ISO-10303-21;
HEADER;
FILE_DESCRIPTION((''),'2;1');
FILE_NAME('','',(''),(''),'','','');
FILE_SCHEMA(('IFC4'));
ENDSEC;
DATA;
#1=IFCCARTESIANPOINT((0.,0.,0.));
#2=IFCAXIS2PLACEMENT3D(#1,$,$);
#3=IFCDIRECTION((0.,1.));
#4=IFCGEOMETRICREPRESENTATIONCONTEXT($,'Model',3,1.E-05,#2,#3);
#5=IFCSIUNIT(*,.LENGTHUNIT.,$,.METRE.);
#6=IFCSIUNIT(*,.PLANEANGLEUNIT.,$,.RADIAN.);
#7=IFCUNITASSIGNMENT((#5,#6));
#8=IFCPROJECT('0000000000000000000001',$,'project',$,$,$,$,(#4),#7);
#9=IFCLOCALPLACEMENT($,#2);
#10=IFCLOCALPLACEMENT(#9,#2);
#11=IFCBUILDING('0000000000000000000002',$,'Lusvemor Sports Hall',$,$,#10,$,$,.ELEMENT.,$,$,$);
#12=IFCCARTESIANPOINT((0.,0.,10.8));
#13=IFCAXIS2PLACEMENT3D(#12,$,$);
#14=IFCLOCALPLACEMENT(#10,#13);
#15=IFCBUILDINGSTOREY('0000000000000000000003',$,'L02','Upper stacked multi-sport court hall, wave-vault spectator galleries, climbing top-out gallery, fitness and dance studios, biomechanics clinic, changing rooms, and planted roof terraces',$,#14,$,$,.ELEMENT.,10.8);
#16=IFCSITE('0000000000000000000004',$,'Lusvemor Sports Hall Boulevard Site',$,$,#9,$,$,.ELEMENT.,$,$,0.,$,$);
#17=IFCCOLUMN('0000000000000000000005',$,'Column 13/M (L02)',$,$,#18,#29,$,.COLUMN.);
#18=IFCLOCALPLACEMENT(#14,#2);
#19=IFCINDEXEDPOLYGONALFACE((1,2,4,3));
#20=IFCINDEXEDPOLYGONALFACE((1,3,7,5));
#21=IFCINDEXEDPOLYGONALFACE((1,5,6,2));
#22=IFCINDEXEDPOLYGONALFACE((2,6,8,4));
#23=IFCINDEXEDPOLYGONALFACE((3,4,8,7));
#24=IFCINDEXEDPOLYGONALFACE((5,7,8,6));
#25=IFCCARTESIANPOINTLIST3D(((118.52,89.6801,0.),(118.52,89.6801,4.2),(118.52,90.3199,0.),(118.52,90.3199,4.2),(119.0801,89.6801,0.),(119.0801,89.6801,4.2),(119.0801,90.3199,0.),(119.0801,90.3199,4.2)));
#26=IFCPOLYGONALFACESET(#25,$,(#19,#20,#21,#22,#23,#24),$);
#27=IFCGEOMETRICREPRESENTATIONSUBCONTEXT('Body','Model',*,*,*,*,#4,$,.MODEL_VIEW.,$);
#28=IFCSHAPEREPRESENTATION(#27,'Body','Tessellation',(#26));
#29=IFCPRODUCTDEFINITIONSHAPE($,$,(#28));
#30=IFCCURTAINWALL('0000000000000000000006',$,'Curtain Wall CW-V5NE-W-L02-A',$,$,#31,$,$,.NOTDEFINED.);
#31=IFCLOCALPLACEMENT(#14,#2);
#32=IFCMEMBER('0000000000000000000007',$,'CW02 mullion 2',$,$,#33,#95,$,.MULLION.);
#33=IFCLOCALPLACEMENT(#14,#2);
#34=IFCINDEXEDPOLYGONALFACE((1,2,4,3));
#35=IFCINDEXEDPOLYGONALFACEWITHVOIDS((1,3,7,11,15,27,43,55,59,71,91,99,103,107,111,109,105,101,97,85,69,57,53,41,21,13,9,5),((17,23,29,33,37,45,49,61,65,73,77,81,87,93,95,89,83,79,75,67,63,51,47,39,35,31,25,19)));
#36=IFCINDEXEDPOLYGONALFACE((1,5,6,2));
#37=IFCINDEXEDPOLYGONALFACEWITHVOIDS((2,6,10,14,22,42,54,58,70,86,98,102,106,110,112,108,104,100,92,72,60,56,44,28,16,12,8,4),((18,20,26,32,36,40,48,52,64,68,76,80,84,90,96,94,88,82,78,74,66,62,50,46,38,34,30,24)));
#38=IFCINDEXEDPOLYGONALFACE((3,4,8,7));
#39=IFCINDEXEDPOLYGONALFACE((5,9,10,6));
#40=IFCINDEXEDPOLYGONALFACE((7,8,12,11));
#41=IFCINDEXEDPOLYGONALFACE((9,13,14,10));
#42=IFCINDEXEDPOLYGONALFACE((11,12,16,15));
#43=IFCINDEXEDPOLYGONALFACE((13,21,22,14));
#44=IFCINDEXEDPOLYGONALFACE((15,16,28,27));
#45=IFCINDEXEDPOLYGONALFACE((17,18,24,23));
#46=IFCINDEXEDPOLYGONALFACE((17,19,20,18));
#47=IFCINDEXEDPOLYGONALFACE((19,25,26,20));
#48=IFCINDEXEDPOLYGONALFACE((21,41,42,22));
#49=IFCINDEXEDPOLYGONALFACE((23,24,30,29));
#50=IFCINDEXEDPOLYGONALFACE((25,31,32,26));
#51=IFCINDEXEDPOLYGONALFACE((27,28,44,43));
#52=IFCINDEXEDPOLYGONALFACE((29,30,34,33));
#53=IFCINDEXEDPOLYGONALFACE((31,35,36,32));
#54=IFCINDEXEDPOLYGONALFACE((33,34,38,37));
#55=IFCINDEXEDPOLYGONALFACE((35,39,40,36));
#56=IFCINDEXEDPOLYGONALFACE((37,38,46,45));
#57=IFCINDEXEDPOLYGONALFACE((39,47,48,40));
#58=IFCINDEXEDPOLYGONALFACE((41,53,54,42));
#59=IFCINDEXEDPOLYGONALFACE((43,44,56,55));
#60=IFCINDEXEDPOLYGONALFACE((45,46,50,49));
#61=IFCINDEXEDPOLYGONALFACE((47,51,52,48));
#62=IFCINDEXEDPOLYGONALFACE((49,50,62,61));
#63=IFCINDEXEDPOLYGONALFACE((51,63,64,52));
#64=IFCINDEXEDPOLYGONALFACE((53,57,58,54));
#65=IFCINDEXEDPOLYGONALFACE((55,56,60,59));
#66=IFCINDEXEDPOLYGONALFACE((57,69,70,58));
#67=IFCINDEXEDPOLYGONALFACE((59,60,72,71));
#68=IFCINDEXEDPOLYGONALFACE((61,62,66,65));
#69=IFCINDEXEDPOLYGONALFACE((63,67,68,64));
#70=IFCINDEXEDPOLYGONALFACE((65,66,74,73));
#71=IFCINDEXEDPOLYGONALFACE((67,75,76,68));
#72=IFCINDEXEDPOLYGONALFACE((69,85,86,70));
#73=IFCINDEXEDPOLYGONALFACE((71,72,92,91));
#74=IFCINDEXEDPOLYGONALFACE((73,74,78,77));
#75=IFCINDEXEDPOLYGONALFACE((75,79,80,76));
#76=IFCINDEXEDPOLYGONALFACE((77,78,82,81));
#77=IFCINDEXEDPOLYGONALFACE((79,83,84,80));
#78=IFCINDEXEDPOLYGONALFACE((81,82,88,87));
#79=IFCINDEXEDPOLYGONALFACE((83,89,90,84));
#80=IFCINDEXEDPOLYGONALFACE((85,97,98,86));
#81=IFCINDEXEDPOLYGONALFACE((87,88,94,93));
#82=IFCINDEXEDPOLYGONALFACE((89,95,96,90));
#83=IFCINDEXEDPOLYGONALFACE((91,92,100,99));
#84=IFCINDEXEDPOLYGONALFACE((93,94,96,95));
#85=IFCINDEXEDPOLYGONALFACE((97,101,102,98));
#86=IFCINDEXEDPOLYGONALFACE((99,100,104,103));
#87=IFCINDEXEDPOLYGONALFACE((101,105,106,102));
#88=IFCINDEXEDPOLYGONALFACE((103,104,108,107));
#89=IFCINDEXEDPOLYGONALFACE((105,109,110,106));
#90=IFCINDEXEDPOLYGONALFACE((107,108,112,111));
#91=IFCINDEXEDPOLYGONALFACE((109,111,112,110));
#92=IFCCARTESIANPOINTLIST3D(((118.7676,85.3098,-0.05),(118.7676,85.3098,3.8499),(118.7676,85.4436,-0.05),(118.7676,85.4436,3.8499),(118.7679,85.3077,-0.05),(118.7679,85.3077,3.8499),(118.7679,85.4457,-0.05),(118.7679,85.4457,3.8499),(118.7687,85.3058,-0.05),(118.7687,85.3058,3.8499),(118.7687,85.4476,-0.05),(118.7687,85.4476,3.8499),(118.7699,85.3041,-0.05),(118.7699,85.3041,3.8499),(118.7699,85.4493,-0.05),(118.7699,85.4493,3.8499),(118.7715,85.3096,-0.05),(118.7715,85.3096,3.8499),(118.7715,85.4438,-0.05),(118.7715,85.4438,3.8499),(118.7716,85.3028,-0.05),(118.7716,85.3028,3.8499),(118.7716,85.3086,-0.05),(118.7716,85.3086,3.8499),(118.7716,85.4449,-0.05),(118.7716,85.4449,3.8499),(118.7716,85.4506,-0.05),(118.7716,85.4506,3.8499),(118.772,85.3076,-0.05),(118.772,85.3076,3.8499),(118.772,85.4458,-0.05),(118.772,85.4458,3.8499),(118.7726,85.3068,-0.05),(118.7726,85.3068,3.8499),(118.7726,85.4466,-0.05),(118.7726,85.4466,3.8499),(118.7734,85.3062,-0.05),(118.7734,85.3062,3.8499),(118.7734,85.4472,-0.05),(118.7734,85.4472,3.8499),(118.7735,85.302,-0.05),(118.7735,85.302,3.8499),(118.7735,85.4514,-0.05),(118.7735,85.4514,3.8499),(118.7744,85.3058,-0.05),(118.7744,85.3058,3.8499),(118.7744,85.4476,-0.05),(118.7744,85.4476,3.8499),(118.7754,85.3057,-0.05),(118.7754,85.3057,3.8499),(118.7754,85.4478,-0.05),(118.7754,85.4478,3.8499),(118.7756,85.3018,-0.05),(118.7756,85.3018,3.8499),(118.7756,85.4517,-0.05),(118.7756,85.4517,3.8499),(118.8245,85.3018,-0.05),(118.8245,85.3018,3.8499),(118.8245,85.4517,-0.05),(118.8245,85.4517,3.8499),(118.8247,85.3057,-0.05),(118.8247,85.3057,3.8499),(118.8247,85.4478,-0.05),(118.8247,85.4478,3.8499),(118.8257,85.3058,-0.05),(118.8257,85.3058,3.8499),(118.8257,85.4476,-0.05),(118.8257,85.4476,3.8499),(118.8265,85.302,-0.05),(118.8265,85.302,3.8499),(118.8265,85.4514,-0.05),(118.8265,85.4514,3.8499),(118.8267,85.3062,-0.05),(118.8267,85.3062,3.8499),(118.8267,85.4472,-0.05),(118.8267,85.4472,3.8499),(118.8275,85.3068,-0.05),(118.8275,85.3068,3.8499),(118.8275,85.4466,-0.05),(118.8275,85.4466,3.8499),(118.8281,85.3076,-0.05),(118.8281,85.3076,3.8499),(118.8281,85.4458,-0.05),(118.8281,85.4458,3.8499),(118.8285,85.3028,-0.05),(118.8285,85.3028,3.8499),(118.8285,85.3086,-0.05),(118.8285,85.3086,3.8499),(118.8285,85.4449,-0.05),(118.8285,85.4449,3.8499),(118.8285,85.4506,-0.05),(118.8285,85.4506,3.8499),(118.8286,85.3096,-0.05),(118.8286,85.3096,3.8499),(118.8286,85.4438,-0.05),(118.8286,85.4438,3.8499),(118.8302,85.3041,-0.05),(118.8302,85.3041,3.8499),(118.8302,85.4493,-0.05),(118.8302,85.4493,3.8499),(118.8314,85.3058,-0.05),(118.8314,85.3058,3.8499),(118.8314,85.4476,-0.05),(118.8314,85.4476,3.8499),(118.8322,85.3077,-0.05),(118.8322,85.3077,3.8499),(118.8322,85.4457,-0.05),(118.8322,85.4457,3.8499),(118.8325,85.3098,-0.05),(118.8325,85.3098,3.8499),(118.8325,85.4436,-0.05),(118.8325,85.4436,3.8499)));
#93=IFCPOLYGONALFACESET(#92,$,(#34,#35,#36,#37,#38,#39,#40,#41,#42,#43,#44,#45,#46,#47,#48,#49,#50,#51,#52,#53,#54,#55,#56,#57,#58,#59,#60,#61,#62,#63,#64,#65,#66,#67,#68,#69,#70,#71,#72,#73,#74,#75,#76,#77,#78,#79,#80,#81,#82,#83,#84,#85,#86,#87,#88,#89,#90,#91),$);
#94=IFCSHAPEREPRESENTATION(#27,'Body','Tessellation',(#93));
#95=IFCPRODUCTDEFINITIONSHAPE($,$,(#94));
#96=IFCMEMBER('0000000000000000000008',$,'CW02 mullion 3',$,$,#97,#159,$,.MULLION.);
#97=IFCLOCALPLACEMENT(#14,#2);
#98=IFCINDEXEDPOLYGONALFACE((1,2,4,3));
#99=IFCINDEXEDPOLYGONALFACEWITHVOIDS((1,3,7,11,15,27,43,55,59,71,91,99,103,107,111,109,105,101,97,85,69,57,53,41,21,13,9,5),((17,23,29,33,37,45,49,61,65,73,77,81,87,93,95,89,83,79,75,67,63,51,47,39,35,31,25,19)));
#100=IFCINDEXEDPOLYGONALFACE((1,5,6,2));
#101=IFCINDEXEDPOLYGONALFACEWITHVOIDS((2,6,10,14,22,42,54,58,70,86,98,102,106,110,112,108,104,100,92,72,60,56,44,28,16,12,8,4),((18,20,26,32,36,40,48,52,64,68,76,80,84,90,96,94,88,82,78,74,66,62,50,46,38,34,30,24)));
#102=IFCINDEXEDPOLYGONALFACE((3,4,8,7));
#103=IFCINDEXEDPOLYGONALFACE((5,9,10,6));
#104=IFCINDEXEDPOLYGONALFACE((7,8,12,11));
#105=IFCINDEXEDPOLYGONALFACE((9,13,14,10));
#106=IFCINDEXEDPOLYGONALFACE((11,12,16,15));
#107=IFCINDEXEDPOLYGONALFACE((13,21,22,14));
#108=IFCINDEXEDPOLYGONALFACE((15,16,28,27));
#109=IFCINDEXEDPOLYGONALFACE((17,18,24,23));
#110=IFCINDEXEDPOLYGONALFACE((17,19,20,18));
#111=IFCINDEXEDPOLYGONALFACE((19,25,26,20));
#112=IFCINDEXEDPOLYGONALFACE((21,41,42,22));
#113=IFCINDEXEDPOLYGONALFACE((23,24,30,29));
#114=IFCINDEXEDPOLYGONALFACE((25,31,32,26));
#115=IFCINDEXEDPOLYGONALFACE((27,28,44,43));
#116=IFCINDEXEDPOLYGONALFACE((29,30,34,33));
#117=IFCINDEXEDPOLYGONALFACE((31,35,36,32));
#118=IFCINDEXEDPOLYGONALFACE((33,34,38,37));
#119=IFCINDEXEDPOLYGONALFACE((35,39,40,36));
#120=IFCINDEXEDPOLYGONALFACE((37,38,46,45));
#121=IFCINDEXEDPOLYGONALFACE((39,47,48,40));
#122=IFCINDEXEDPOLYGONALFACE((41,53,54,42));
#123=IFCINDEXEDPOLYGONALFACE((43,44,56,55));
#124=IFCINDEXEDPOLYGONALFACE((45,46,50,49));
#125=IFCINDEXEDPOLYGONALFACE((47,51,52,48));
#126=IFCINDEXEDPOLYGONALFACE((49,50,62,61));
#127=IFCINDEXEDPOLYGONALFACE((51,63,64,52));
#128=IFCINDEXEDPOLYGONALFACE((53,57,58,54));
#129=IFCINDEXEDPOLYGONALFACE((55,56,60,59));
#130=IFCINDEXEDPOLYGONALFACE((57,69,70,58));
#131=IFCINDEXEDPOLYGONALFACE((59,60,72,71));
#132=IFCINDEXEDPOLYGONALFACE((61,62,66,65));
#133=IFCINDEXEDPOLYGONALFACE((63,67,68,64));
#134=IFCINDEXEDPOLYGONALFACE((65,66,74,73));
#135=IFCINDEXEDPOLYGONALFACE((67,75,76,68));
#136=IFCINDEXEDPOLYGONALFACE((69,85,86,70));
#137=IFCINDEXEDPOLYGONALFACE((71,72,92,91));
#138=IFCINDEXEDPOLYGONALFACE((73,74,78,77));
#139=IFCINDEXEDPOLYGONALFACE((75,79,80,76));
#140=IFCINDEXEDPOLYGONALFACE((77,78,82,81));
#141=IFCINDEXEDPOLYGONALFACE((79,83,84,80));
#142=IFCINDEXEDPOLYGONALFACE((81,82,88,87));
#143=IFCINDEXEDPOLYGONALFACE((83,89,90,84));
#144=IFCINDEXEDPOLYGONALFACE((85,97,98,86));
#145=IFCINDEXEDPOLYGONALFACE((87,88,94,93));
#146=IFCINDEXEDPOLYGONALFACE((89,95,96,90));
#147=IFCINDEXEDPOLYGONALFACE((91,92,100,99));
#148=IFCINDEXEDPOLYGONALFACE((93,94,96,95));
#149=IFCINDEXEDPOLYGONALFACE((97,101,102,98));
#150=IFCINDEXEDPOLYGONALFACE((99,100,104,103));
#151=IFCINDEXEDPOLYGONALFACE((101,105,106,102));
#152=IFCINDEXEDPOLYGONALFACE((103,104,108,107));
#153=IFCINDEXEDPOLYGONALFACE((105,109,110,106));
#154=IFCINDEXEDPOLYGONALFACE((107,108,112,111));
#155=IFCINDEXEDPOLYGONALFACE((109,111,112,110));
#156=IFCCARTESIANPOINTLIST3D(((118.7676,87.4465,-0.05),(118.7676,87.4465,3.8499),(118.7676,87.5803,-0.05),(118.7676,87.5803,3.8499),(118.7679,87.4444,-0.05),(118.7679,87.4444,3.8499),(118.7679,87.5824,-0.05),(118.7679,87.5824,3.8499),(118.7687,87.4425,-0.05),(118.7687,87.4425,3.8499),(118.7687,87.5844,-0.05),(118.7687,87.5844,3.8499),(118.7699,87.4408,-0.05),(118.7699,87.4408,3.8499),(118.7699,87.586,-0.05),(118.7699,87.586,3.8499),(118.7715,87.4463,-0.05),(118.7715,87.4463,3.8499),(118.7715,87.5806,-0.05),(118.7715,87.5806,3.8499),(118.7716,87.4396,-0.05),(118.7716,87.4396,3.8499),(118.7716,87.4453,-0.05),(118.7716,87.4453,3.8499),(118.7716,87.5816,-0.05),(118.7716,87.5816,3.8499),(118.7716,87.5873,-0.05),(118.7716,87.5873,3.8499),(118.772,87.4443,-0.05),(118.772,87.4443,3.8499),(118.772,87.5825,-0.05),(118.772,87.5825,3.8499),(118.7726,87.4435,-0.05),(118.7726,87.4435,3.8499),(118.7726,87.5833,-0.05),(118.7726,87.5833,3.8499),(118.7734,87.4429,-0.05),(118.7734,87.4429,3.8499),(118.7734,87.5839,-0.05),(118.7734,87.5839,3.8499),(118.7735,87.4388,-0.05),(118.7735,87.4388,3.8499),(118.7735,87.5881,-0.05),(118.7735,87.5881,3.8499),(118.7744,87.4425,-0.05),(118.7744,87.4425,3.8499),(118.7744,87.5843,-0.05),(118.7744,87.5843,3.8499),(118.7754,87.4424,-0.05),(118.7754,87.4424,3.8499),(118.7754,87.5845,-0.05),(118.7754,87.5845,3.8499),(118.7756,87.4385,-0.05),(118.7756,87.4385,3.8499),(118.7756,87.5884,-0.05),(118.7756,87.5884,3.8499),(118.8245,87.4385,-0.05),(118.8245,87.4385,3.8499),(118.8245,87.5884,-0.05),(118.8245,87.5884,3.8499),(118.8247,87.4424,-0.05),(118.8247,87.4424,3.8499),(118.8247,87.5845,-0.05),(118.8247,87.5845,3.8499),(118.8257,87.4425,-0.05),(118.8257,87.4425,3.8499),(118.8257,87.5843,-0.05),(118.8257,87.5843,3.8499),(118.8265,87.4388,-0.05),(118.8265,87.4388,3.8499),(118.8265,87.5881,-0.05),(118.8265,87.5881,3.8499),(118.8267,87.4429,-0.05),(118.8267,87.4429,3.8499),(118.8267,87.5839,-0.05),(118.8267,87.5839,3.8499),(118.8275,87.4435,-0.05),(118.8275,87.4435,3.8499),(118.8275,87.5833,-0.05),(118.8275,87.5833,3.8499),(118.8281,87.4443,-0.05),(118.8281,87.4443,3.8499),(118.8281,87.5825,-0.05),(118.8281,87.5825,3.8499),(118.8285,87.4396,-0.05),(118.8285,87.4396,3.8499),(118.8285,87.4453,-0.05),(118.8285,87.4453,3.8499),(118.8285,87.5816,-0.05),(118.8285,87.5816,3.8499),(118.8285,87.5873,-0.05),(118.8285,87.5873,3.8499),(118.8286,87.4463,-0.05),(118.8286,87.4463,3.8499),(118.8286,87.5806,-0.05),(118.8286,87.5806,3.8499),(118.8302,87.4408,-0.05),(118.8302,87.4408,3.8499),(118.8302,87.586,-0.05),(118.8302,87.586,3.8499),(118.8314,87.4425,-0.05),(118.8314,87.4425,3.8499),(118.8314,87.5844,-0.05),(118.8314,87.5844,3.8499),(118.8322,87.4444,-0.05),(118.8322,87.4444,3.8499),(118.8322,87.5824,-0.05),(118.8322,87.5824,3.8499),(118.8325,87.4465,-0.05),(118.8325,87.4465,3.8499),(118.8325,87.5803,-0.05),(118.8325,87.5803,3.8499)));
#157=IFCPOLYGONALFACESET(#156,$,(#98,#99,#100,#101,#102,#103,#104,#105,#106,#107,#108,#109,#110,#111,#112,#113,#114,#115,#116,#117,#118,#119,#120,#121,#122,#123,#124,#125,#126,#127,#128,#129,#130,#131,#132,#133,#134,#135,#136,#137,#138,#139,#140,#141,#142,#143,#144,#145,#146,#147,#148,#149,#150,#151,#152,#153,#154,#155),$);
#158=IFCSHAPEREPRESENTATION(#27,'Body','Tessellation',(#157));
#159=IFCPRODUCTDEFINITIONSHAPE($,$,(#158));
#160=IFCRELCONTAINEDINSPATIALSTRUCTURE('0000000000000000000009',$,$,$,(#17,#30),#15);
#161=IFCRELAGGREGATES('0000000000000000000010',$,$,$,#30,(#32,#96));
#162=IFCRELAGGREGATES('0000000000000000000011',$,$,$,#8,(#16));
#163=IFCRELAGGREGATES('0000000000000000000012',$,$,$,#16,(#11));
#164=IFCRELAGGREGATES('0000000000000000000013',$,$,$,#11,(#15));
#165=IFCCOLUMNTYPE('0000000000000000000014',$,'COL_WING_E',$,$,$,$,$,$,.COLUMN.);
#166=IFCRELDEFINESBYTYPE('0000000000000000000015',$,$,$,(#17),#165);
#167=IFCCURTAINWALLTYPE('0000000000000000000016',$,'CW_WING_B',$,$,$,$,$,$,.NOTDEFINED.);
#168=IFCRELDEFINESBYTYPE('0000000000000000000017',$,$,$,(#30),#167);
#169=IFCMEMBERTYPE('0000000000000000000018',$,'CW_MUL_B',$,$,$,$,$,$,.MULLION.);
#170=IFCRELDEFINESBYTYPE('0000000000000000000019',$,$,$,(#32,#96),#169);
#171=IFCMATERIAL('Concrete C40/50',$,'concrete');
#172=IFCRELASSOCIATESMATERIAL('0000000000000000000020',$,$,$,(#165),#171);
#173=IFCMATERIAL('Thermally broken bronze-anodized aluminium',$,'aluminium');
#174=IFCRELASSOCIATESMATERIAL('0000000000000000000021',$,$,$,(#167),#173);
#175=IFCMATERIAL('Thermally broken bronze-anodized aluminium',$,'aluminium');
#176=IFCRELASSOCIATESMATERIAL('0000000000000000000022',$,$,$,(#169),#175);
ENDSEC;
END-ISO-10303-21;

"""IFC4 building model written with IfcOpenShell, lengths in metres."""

from ifc_helpers import new_model, si_unit, direction, frame, origin, origin_2d, place, context, subcontext, project, spatial, rectangle, hollow_rectangle, extrude, material, material_profile, profile_set, type_object, element, aggregate, save


model = new_model("IFC4")

# Units and contexts
model_context = context("Model", 3, precision=1e-05, world=origin(), true_north=direction((0.0, 1.0)))
body_context = subcontext(model_context, "Body", "Model", "MODEL_VIEW")
ifc_project = project(units=[si_unit("LENGTHUNIT", "METRE"), si_unit("PLANEANGLEUNIT", "RADIAN")], contexts=[model_context])

# Site, building, storey
site_placement = place(None, origin())
site = spatial("IfcSite", under=ifc_project, at=site_placement, Name="Lusvemor Sports Hall Boulevard Site", CompositionType="ELEMENT", RefElevation=0.0)
building_placement = place(site_placement, origin())
building = spatial("IfcBuilding", under=site, at=building_placement, Name="Lusvemor Sports Hall", CompositionType="ELEMENT")
storey_placement = place(building_placement, frame((0.0, 0.0, 10.8)))
storey = spatial("IfcBuildingStorey", under=building, at=storey_placement, Name="L02", Description="Upper stacked multi-sport court hall, wave-vault spectator galleries, climbing top-out gallery, fitness and dance studios, biomechanics clinic, changing rooms, and planted roof terraces", CompositionType="ELEMENT", Elevation=10.8)

# Column
ifc_material_1 = material(Name="Concrete C40/50", Category="concrete")
ifc_material_profile_1 = material_profile(ifc_material_1, rectangle(XDim=0.5601, YDim=0.6399, at=origin_2d()), Name="RC560x640")
ifc_profile_set_1 = profile_set([ifc_material_profile_1], Name="Concrete C40/50")
column_type = type_object("IfcColumnType", Name="COL_WING_E", PredefinedType="COLUMN", material=ifc_profile_set_1)
column_placement = place(storey_placement, frame((118.8, 90.0, 0.0), z_axis=(0.0, 0.0, 1.0), x_axis=(1.0, 0.0, 0.0)))
element("IfcColumn", 1, at=column_placement, inside=storey, type_object=column_type, Name="Column 13/M (L02)", PredefinedType="COLUMN", context=body_context, shape_type="SweptSolid", body=[
    extrude(rectangle(XDim=0.5601, YDim=0.6399, at=origin_2d()), origin(), (0.0, 0.0, 1.0), 4.2),
])

# Curtain wall, members
ifc_material_2 = material(Name="Thermally broken bronze-anodized aluminium", Category="aluminium")
curtain_wall_type = type_object("IfcCurtainWallType", Name="CW_WING_B", PredefinedType="NOTDEFINED", material=ifc_material_2)
curtain_wall_1_placement = place(storey_placement, origin())
curtain_wall_1 = element("IfcCurtainWall", 2, at=curtain_wall_1_placement, inside=storey, type_object=curtain_wall_type, Name="Curtain Wall CW-V5NE-W-L02-A", PredefinedType="NOTDEFINED")
ifc_material_3 = material(Name="Thermally broken bronze-anodized aluminium", Category="aluminium")
ifc_material_profile_2 = material_profile(ifc_material_3, hollow_rectangle(XDim=0.0649, YDim=0.1499, WallThickness=0.0039, InnerFilletRadius=0.0039, OuterFilletRadius=0.0081, at=origin_2d()), Name="CWMUL150x65x4")
ifc_profile_set_2 = profile_set([ifc_material_profile_2], Name="Thermally broken bronze-anodized aluminium")
member_type_1 = type_object("IfcMemberType", Name="CW_MUL_B", PredefinedType="MULLION", material=ifc_profile_set_2)
member_1_placement = place(storey_placement, frame((118.8, 85.3767, -0.05), z_axis=(0.0, 0.0, 1.0), x_axis=(-1.0, 0.0, 0.0)))
member_1 = element("IfcMember", 3, at=member_1_placement, type_object=member_type_1, Name="CW02 mullion 2", PredefinedType="MULLION", context=body_context, shape_type="SweptSolid", body=[
    extrude(hollow_rectangle(XDim=0.0649, YDim=0.1499, WallThickness=0.0039, InnerFilletRadius=0.0039, OuterFilletRadius=0.0081, at=origin_2d()), origin(), (0.0, 0.0, 1.0), 3.8999),
])
member_2_placement = place(storey_placement, frame((118.8, 87.5134, -0.05), z_axis=(0.0, 0.0, 1.0), x_axis=(-1.0, 0.0, 0.0)))
member_2 = element("IfcMember", 4, at=member_2_placement, type_object=member_type_1, Name="CW02 mullion 3", PredefinedType="MULLION", context=body_context, shape_type="SweptSolid", body=[
    extrude(hollow_rectangle(XDim=0.0649, YDim=0.1499, WallThickness=0.0039, InnerFilletRadius=0.0039, OuterFilletRadius=0.0081, at=origin_2d()), origin(), (0.0, 0.0, 1.0), 3.8999),
])

aggregate(curtain_wall_1, [member_1, member_2])

save(model, "model.ifc")
